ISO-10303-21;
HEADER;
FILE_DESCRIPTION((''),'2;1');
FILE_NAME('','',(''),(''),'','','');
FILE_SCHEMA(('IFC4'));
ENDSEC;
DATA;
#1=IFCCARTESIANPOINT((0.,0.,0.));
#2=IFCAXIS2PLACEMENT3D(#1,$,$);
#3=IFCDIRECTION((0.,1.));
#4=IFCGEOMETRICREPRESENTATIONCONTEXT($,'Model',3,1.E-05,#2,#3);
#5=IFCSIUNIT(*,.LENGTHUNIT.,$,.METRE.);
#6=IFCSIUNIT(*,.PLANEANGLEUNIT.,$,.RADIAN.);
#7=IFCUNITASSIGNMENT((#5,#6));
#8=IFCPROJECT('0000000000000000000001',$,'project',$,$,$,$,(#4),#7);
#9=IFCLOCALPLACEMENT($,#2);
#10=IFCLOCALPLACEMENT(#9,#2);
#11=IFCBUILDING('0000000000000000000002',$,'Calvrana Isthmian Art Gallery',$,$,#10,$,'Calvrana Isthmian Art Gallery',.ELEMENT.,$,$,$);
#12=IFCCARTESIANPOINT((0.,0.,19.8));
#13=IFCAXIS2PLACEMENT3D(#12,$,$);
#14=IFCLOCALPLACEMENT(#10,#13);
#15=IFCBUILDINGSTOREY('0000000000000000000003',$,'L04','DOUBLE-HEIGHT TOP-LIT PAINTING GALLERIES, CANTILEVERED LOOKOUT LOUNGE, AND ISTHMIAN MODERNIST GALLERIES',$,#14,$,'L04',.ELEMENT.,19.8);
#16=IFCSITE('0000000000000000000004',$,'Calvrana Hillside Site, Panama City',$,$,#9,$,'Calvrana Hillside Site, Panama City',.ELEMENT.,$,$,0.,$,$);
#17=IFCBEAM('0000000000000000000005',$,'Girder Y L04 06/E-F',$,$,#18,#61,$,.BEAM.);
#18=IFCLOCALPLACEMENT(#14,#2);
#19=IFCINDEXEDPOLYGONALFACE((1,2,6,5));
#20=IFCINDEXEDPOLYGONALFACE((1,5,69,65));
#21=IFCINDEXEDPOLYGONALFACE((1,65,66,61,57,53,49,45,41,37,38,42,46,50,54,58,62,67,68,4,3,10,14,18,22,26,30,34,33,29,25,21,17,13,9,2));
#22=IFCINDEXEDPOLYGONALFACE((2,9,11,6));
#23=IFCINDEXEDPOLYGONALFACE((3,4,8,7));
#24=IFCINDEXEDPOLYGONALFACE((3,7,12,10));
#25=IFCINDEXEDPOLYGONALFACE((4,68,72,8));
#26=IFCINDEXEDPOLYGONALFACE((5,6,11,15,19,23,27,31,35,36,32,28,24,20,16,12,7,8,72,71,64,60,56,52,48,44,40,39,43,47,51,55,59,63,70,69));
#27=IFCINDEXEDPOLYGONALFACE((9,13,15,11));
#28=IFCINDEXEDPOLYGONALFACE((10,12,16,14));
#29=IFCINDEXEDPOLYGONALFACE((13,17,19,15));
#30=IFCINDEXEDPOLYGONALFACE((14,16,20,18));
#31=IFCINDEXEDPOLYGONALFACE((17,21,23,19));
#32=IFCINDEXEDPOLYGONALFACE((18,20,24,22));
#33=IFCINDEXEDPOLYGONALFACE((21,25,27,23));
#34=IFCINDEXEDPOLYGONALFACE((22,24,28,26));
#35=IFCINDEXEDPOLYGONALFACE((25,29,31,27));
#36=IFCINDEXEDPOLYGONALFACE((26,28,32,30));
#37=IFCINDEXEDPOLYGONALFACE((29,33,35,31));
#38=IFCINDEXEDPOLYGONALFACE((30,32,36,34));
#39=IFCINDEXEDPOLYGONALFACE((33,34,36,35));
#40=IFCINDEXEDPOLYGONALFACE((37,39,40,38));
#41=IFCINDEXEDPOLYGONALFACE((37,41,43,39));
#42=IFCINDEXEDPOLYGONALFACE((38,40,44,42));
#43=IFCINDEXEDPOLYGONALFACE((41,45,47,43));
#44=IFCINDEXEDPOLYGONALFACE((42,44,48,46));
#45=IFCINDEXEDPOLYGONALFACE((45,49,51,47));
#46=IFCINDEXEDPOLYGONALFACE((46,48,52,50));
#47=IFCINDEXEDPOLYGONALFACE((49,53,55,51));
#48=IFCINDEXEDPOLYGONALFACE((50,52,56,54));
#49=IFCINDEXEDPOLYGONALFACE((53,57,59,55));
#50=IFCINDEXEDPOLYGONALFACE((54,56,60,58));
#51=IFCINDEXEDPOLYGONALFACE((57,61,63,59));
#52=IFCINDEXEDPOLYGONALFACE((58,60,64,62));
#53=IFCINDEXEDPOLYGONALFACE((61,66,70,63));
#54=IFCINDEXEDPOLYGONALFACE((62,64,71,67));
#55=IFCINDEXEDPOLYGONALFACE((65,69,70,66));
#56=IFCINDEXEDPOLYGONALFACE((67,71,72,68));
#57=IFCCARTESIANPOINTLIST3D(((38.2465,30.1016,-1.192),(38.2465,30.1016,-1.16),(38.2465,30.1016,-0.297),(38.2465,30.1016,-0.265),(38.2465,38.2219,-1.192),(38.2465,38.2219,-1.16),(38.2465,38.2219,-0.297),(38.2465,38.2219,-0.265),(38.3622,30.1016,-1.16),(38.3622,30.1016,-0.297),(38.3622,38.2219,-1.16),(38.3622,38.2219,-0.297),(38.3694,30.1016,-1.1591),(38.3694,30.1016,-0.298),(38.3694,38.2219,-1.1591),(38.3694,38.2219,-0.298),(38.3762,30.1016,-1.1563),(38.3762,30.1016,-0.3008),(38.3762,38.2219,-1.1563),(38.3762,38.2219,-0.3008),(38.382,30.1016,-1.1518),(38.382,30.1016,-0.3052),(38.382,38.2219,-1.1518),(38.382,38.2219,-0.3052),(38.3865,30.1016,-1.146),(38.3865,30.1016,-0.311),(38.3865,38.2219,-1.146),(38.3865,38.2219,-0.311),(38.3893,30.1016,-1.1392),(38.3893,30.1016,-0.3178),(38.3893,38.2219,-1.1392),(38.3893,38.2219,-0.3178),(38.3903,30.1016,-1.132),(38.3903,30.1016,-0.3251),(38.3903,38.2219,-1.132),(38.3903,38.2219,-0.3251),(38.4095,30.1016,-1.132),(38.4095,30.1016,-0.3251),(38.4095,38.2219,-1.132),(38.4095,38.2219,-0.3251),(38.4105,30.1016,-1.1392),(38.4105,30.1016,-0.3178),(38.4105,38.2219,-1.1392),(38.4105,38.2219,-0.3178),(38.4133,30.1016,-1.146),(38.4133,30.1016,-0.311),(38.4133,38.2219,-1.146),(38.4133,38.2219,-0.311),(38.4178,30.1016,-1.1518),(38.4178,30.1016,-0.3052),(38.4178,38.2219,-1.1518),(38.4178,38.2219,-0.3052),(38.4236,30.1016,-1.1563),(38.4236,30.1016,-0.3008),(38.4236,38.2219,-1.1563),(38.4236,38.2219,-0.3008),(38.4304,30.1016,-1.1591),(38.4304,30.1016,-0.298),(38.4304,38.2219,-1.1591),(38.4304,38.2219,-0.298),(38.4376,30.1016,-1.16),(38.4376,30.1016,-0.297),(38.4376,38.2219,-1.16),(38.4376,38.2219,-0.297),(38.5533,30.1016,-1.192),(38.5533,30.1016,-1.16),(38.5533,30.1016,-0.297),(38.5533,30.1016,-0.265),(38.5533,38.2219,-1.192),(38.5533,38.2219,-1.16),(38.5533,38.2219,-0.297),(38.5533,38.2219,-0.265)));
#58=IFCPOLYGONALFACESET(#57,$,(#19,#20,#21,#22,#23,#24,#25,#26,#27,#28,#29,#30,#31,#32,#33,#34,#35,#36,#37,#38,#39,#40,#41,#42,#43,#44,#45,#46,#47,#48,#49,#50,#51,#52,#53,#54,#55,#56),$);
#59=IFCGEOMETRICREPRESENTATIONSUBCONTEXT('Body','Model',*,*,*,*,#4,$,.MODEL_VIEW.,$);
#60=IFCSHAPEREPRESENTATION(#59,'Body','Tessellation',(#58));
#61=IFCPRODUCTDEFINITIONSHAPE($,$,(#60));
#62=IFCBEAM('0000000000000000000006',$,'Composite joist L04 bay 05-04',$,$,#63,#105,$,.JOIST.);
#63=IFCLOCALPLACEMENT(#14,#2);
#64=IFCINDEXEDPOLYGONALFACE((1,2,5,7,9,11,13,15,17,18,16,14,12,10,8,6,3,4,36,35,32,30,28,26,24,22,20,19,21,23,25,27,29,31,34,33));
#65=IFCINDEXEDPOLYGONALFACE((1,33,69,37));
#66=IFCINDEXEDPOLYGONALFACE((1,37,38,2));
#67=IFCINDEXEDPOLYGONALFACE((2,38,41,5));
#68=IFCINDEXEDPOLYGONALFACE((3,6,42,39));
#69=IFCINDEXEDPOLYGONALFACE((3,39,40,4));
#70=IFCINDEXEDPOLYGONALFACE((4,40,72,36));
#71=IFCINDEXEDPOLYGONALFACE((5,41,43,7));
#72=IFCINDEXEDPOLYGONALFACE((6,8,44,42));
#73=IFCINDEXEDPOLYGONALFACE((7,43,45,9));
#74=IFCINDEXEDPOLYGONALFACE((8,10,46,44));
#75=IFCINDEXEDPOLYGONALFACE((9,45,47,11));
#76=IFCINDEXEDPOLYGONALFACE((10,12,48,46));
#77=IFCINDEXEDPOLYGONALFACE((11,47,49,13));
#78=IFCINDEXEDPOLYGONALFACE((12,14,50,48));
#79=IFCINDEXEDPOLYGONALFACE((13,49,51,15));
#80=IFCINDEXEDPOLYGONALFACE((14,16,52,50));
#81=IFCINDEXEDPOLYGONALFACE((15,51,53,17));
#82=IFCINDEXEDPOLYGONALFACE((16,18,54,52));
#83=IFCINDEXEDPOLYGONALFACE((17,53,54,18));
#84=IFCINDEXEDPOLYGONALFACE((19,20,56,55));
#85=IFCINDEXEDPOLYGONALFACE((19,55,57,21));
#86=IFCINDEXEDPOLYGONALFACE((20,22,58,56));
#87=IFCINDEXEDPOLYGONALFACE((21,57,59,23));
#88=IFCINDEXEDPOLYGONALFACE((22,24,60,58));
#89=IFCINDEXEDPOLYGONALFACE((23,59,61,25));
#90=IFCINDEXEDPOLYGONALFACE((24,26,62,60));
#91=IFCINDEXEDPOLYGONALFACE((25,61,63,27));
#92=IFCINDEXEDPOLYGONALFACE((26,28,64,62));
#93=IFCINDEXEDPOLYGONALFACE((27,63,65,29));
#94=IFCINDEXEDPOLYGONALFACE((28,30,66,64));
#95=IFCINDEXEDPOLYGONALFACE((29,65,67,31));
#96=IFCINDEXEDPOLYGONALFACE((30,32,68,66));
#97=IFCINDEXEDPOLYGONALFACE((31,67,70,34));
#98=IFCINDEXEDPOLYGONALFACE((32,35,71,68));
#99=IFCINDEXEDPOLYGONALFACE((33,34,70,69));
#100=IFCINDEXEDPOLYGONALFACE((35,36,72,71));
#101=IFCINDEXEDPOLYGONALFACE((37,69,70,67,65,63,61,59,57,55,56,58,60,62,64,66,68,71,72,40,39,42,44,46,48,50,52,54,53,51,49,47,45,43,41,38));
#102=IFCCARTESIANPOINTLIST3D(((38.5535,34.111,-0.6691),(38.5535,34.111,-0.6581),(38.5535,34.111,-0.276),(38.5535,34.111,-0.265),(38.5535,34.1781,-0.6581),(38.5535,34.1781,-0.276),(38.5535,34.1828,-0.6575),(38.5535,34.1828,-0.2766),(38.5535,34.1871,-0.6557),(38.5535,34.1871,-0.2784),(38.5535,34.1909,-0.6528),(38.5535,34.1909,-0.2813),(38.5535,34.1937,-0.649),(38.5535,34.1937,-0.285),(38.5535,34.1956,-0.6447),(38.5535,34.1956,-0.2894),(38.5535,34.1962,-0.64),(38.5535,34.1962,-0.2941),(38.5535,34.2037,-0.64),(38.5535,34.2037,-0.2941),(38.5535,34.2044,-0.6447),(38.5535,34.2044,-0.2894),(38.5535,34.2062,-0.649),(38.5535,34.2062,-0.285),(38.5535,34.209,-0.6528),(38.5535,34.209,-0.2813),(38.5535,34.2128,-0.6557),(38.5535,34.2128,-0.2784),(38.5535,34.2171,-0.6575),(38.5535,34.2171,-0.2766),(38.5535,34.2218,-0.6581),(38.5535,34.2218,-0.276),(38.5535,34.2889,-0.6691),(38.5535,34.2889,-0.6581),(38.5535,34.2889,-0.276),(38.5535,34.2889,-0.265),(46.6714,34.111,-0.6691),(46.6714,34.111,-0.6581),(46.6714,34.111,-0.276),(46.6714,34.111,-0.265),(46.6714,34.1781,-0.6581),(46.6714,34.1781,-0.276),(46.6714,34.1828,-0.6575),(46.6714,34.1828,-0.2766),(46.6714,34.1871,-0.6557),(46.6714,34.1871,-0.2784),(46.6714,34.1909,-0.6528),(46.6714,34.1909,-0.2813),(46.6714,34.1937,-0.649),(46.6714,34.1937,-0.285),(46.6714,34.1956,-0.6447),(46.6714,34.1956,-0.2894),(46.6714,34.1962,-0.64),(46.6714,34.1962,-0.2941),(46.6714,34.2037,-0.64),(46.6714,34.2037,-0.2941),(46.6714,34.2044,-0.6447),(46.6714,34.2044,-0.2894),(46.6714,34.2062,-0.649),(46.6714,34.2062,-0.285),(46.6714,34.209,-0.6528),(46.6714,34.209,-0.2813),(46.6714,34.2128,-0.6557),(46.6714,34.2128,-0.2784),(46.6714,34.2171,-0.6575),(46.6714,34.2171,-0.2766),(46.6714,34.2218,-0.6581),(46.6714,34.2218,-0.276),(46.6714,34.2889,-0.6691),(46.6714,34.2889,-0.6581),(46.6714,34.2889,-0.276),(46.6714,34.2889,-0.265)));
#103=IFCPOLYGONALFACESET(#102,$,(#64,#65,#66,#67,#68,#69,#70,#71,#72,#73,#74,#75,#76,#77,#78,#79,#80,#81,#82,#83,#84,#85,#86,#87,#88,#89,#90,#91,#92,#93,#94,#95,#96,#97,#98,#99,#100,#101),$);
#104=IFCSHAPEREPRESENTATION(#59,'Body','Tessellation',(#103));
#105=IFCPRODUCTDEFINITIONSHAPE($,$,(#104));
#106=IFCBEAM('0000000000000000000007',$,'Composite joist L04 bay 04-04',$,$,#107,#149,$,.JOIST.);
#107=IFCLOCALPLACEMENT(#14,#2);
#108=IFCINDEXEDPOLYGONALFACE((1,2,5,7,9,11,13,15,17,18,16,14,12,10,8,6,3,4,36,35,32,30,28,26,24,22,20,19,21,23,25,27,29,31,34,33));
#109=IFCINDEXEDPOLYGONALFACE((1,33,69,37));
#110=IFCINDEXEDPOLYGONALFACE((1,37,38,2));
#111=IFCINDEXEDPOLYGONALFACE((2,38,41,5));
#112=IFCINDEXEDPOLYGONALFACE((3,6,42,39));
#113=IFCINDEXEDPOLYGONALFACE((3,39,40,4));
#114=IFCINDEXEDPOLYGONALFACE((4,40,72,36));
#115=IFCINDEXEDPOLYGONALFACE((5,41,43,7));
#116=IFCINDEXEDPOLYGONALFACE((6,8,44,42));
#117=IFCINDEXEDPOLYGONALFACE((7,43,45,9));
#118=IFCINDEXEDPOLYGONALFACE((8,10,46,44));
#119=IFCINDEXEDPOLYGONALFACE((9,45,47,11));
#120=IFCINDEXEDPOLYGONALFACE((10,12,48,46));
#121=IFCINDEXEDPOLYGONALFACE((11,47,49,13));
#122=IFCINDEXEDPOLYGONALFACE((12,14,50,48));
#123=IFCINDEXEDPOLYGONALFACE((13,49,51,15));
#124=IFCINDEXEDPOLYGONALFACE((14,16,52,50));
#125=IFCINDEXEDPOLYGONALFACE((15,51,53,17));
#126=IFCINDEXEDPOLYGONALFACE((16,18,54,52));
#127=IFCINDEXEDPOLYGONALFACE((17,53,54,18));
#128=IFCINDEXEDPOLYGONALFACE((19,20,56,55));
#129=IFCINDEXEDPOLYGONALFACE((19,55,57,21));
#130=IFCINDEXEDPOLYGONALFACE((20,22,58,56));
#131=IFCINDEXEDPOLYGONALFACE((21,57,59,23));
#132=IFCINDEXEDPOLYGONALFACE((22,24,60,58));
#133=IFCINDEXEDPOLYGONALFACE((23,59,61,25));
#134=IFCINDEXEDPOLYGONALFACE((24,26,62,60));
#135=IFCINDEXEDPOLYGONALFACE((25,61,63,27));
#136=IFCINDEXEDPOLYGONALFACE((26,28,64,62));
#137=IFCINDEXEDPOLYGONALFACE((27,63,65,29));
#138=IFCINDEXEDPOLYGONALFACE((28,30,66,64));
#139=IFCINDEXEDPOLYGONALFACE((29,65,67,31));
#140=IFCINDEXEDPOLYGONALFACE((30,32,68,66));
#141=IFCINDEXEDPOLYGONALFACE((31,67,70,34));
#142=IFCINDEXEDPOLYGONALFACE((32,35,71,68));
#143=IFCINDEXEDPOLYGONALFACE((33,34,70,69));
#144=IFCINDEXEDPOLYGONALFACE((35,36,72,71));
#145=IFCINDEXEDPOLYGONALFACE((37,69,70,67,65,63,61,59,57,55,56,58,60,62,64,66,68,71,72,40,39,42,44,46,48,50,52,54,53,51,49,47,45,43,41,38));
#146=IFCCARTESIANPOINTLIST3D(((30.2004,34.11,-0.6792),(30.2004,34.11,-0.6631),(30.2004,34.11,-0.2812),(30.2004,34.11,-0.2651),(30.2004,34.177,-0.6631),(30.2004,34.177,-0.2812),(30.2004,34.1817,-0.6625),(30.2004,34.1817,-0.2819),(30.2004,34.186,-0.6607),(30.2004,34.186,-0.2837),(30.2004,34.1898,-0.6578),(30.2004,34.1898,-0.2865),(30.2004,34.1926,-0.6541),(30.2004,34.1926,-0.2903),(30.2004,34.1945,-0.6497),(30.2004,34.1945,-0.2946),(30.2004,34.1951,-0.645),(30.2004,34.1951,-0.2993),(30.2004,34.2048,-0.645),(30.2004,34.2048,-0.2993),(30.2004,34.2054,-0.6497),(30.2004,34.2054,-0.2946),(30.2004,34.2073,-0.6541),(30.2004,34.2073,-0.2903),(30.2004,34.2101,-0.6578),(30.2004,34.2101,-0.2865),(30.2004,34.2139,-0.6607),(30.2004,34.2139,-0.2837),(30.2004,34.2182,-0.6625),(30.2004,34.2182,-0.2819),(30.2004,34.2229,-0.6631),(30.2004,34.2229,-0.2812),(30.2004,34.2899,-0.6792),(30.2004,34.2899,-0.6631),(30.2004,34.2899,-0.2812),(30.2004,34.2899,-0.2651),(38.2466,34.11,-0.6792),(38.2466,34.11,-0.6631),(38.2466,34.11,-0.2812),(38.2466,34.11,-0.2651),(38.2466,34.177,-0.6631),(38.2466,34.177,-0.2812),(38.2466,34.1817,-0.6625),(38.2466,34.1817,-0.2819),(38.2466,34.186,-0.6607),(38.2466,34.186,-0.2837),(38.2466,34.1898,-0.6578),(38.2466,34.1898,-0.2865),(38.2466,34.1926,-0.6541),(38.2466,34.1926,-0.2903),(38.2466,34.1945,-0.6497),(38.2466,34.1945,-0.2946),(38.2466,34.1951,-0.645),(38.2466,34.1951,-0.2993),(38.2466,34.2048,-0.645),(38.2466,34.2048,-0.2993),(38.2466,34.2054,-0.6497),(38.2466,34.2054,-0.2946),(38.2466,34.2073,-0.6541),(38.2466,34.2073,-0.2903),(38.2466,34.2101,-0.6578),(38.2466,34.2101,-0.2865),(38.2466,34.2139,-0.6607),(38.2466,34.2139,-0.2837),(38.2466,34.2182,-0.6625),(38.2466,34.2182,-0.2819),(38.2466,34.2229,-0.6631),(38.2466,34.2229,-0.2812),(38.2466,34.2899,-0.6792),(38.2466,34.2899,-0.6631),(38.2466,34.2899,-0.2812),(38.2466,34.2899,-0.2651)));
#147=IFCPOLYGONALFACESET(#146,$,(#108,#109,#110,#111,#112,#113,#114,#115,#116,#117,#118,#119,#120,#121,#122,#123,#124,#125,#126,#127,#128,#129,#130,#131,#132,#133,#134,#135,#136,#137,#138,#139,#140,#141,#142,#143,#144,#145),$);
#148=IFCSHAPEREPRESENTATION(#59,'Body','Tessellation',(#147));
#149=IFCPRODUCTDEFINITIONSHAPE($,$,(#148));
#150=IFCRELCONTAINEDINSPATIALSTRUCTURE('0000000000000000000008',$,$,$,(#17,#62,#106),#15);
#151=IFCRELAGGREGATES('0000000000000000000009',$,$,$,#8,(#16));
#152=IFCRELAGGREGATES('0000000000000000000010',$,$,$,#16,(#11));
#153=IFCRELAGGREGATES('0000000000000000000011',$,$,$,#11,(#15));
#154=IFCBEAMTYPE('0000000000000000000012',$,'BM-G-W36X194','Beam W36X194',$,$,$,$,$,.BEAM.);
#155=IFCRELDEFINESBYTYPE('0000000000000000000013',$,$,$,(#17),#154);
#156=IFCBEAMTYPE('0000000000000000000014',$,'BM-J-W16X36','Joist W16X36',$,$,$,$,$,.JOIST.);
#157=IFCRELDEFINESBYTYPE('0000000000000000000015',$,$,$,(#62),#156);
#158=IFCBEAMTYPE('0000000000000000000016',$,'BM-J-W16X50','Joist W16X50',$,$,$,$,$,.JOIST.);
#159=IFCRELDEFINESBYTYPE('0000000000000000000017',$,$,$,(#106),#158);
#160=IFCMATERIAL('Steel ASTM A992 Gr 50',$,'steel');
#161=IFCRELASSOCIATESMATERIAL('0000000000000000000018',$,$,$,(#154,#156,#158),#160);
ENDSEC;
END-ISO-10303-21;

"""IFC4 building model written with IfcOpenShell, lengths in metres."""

from ifc_helpers import new_model, si_unit, direction, frame, origin, origin_2d, place, context, subcontext, project, spatial, i_section, extrude, material, material_profile, profile_set, type_object, element, save


model = new_model("IFC4")

# Units and contexts
model_context = context("Model", 3, precision=1e-05, world=origin(), true_north=direction((0.0, 1.0)))
body_context = subcontext(model_context, "Body", "Model", "MODEL_VIEW")
ifc_project = project(units=[si_unit("LENGTHUNIT", "METRE"), si_unit("PLANEANGLEUNIT", "RADIAN")], contexts=[model_context])

# Site, building, storey
site_placement = place(None, origin())
site = spatial("IfcSite", under=ifc_project, at=site_placement, Name="Calvrana Hillside Site, Panama City", LongName="Calvrana Hillside Site, Panama City", CompositionType="ELEMENT", RefElevation=0.0)
building_placement = place(site_placement, origin())
building = spatial("IfcBuilding", under=site, at=building_placement, Name="Calvrana Isthmian Art Gallery", LongName="Calvrana Isthmian Art Gallery", CompositionType="ELEMENT")
storey_placement = place(building_placement, frame((0.0, 0.0, 19.8)))
storey = spatial("IfcBuildingStorey", under=building, at=storey_placement, Name="L04", Description="DOUBLE-HEIGHT TOP-LIT PAINTING GALLERIES, CANTILEVERED LOOKOUT LOUNGE, AND ISTHMIAN MODERNIST GALLERIES", LongName="L04", CompositionType="ELEMENT", Elevation=19.8)

# Shared definitions
ifc_material_1 = material(Name="Steel ASTM A992 Gr 50", Category="steel")

# Beams
ifc_material_profile_1 = material_profile(ifc_material_1, i_section(OverallWidth=0.3069, OverallDepth=0.927, WebThickness=0.0193, FlangeThickness=0.032, FilletRadius=0.0281, at=origin_2d()), Name="W36X194")
ifc_profile_set_1 = profile_set([ifc_material_profile_1], Name="Steel ASTM A992 Gr 50")
beam_type_1 = type_object("IfcBeamType", Name="BM-G-W36X194", Description="Beam W36X194", PredefinedType="BEAM", material=ifc_profile_set_1)
beam_1_placement = place(storey_placement, frame((38.3999, 30.1016, -0.7285), z_axis=(0.0, 1.0, 0.0), x_axis=(-1.0, 0.0, 0.0)))
element("IfcBeam", 1, at=beam_1_placement, inside=storey, type_object=beam_type_1, Name="Girder Y L04 06/E-F", PredefinedType="BEAM", context=body_context, shape_type="SweptSolid", body=[
    extrude(i_section(OverallWidth=0.3069, OverallDepth=0.927, WebThickness=0.0193, FlangeThickness=0.032, FilletRadius=0.0281, at=origin_2d()), origin(), (0.0, 0.0, 1.0), 8.1204),
])
ifc_material_profile_2 = material_profile(ifc_material_1, i_section(OverallWidth=0.178, OverallDepth=0.4041, WebThickness=0.0076, FlangeThickness=0.011, FilletRadius=0.0181, at=origin_2d()), Name="W16X36")
ifc_profile_set_2 = profile_set([ifc_material_profile_2], Name="Steel ASTM A992 Gr 50")
beam_type_2 = type_object("IfcBeamType", Name="BM-J-W16X36", Description="Joist W16X36", PredefinedType="JOIST", material=ifc_profile_set_2)
beam_2_placement = place(storey_placement, frame((38.5535, 34.2, -0.467), z_axis=(1.0, 0.0, 0.0), x_axis=(0.0, 1.0, 0.0)))
element("IfcBeam", 2, at=beam_2_placement, inside=storey, type_object=beam_type_2, Name="Composite joist L04 bay 05-04", PredefinedType="JOIST", context=body_context, shape_type="SweptSolid", body=[
    extrude(i_section(OverallWidth=0.178, OverallDepth=0.4041, WebThickness=0.0076, FlangeThickness=0.011, FilletRadius=0.0181, at=origin_2d()), origin(), (0.0, 0.0, 1.0), 8.1179),
])
ifc_material_profile_3 = material_profile(ifc_material_1, i_section(OverallWidth=0.1799, OverallDepth=0.4141, WebThickness=0.0098, FlangeThickness=0.0161, FilletRadius=0.0181, at=origin_2d()), Name="W16X50")
ifc_profile_set_3 = profile_set([ifc_material_profile_3], Name="Steel ASTM A992 Gr 50")
beam_type_3 = type_object("IfcBeamType", Name="BM-J-W16X50", Description="Joist W16X50", PredefinedType="JOIST", material=ifc_profile_set_3)
beam_3_placement = place(storey_placement, frame((30.2004, 34.2, -0.4722), z_axis=(1.0, 0.0, 0.0), x_axis=(0.0, 1.0, 0.0)))
element("IfcBeam", 3, at=beam_3_placement, inside=storey, type_object=beam_type_3, Name="Composite joist L04 bay 04-04", PredefinedType="JOIST", context=body_context, shape_type="SweptSolid", body=[
    extrude(i_section(OverallWidth=0.1799, OverallDepth=0.4141, WebThickness=0.0098, FlangeThickness=0.0161, FilletRadius=0.0181, at=origin_2d()), origin(), (0.0, 0.0, 1.0), 8.0461),
])

save(model, "model.ifc")
